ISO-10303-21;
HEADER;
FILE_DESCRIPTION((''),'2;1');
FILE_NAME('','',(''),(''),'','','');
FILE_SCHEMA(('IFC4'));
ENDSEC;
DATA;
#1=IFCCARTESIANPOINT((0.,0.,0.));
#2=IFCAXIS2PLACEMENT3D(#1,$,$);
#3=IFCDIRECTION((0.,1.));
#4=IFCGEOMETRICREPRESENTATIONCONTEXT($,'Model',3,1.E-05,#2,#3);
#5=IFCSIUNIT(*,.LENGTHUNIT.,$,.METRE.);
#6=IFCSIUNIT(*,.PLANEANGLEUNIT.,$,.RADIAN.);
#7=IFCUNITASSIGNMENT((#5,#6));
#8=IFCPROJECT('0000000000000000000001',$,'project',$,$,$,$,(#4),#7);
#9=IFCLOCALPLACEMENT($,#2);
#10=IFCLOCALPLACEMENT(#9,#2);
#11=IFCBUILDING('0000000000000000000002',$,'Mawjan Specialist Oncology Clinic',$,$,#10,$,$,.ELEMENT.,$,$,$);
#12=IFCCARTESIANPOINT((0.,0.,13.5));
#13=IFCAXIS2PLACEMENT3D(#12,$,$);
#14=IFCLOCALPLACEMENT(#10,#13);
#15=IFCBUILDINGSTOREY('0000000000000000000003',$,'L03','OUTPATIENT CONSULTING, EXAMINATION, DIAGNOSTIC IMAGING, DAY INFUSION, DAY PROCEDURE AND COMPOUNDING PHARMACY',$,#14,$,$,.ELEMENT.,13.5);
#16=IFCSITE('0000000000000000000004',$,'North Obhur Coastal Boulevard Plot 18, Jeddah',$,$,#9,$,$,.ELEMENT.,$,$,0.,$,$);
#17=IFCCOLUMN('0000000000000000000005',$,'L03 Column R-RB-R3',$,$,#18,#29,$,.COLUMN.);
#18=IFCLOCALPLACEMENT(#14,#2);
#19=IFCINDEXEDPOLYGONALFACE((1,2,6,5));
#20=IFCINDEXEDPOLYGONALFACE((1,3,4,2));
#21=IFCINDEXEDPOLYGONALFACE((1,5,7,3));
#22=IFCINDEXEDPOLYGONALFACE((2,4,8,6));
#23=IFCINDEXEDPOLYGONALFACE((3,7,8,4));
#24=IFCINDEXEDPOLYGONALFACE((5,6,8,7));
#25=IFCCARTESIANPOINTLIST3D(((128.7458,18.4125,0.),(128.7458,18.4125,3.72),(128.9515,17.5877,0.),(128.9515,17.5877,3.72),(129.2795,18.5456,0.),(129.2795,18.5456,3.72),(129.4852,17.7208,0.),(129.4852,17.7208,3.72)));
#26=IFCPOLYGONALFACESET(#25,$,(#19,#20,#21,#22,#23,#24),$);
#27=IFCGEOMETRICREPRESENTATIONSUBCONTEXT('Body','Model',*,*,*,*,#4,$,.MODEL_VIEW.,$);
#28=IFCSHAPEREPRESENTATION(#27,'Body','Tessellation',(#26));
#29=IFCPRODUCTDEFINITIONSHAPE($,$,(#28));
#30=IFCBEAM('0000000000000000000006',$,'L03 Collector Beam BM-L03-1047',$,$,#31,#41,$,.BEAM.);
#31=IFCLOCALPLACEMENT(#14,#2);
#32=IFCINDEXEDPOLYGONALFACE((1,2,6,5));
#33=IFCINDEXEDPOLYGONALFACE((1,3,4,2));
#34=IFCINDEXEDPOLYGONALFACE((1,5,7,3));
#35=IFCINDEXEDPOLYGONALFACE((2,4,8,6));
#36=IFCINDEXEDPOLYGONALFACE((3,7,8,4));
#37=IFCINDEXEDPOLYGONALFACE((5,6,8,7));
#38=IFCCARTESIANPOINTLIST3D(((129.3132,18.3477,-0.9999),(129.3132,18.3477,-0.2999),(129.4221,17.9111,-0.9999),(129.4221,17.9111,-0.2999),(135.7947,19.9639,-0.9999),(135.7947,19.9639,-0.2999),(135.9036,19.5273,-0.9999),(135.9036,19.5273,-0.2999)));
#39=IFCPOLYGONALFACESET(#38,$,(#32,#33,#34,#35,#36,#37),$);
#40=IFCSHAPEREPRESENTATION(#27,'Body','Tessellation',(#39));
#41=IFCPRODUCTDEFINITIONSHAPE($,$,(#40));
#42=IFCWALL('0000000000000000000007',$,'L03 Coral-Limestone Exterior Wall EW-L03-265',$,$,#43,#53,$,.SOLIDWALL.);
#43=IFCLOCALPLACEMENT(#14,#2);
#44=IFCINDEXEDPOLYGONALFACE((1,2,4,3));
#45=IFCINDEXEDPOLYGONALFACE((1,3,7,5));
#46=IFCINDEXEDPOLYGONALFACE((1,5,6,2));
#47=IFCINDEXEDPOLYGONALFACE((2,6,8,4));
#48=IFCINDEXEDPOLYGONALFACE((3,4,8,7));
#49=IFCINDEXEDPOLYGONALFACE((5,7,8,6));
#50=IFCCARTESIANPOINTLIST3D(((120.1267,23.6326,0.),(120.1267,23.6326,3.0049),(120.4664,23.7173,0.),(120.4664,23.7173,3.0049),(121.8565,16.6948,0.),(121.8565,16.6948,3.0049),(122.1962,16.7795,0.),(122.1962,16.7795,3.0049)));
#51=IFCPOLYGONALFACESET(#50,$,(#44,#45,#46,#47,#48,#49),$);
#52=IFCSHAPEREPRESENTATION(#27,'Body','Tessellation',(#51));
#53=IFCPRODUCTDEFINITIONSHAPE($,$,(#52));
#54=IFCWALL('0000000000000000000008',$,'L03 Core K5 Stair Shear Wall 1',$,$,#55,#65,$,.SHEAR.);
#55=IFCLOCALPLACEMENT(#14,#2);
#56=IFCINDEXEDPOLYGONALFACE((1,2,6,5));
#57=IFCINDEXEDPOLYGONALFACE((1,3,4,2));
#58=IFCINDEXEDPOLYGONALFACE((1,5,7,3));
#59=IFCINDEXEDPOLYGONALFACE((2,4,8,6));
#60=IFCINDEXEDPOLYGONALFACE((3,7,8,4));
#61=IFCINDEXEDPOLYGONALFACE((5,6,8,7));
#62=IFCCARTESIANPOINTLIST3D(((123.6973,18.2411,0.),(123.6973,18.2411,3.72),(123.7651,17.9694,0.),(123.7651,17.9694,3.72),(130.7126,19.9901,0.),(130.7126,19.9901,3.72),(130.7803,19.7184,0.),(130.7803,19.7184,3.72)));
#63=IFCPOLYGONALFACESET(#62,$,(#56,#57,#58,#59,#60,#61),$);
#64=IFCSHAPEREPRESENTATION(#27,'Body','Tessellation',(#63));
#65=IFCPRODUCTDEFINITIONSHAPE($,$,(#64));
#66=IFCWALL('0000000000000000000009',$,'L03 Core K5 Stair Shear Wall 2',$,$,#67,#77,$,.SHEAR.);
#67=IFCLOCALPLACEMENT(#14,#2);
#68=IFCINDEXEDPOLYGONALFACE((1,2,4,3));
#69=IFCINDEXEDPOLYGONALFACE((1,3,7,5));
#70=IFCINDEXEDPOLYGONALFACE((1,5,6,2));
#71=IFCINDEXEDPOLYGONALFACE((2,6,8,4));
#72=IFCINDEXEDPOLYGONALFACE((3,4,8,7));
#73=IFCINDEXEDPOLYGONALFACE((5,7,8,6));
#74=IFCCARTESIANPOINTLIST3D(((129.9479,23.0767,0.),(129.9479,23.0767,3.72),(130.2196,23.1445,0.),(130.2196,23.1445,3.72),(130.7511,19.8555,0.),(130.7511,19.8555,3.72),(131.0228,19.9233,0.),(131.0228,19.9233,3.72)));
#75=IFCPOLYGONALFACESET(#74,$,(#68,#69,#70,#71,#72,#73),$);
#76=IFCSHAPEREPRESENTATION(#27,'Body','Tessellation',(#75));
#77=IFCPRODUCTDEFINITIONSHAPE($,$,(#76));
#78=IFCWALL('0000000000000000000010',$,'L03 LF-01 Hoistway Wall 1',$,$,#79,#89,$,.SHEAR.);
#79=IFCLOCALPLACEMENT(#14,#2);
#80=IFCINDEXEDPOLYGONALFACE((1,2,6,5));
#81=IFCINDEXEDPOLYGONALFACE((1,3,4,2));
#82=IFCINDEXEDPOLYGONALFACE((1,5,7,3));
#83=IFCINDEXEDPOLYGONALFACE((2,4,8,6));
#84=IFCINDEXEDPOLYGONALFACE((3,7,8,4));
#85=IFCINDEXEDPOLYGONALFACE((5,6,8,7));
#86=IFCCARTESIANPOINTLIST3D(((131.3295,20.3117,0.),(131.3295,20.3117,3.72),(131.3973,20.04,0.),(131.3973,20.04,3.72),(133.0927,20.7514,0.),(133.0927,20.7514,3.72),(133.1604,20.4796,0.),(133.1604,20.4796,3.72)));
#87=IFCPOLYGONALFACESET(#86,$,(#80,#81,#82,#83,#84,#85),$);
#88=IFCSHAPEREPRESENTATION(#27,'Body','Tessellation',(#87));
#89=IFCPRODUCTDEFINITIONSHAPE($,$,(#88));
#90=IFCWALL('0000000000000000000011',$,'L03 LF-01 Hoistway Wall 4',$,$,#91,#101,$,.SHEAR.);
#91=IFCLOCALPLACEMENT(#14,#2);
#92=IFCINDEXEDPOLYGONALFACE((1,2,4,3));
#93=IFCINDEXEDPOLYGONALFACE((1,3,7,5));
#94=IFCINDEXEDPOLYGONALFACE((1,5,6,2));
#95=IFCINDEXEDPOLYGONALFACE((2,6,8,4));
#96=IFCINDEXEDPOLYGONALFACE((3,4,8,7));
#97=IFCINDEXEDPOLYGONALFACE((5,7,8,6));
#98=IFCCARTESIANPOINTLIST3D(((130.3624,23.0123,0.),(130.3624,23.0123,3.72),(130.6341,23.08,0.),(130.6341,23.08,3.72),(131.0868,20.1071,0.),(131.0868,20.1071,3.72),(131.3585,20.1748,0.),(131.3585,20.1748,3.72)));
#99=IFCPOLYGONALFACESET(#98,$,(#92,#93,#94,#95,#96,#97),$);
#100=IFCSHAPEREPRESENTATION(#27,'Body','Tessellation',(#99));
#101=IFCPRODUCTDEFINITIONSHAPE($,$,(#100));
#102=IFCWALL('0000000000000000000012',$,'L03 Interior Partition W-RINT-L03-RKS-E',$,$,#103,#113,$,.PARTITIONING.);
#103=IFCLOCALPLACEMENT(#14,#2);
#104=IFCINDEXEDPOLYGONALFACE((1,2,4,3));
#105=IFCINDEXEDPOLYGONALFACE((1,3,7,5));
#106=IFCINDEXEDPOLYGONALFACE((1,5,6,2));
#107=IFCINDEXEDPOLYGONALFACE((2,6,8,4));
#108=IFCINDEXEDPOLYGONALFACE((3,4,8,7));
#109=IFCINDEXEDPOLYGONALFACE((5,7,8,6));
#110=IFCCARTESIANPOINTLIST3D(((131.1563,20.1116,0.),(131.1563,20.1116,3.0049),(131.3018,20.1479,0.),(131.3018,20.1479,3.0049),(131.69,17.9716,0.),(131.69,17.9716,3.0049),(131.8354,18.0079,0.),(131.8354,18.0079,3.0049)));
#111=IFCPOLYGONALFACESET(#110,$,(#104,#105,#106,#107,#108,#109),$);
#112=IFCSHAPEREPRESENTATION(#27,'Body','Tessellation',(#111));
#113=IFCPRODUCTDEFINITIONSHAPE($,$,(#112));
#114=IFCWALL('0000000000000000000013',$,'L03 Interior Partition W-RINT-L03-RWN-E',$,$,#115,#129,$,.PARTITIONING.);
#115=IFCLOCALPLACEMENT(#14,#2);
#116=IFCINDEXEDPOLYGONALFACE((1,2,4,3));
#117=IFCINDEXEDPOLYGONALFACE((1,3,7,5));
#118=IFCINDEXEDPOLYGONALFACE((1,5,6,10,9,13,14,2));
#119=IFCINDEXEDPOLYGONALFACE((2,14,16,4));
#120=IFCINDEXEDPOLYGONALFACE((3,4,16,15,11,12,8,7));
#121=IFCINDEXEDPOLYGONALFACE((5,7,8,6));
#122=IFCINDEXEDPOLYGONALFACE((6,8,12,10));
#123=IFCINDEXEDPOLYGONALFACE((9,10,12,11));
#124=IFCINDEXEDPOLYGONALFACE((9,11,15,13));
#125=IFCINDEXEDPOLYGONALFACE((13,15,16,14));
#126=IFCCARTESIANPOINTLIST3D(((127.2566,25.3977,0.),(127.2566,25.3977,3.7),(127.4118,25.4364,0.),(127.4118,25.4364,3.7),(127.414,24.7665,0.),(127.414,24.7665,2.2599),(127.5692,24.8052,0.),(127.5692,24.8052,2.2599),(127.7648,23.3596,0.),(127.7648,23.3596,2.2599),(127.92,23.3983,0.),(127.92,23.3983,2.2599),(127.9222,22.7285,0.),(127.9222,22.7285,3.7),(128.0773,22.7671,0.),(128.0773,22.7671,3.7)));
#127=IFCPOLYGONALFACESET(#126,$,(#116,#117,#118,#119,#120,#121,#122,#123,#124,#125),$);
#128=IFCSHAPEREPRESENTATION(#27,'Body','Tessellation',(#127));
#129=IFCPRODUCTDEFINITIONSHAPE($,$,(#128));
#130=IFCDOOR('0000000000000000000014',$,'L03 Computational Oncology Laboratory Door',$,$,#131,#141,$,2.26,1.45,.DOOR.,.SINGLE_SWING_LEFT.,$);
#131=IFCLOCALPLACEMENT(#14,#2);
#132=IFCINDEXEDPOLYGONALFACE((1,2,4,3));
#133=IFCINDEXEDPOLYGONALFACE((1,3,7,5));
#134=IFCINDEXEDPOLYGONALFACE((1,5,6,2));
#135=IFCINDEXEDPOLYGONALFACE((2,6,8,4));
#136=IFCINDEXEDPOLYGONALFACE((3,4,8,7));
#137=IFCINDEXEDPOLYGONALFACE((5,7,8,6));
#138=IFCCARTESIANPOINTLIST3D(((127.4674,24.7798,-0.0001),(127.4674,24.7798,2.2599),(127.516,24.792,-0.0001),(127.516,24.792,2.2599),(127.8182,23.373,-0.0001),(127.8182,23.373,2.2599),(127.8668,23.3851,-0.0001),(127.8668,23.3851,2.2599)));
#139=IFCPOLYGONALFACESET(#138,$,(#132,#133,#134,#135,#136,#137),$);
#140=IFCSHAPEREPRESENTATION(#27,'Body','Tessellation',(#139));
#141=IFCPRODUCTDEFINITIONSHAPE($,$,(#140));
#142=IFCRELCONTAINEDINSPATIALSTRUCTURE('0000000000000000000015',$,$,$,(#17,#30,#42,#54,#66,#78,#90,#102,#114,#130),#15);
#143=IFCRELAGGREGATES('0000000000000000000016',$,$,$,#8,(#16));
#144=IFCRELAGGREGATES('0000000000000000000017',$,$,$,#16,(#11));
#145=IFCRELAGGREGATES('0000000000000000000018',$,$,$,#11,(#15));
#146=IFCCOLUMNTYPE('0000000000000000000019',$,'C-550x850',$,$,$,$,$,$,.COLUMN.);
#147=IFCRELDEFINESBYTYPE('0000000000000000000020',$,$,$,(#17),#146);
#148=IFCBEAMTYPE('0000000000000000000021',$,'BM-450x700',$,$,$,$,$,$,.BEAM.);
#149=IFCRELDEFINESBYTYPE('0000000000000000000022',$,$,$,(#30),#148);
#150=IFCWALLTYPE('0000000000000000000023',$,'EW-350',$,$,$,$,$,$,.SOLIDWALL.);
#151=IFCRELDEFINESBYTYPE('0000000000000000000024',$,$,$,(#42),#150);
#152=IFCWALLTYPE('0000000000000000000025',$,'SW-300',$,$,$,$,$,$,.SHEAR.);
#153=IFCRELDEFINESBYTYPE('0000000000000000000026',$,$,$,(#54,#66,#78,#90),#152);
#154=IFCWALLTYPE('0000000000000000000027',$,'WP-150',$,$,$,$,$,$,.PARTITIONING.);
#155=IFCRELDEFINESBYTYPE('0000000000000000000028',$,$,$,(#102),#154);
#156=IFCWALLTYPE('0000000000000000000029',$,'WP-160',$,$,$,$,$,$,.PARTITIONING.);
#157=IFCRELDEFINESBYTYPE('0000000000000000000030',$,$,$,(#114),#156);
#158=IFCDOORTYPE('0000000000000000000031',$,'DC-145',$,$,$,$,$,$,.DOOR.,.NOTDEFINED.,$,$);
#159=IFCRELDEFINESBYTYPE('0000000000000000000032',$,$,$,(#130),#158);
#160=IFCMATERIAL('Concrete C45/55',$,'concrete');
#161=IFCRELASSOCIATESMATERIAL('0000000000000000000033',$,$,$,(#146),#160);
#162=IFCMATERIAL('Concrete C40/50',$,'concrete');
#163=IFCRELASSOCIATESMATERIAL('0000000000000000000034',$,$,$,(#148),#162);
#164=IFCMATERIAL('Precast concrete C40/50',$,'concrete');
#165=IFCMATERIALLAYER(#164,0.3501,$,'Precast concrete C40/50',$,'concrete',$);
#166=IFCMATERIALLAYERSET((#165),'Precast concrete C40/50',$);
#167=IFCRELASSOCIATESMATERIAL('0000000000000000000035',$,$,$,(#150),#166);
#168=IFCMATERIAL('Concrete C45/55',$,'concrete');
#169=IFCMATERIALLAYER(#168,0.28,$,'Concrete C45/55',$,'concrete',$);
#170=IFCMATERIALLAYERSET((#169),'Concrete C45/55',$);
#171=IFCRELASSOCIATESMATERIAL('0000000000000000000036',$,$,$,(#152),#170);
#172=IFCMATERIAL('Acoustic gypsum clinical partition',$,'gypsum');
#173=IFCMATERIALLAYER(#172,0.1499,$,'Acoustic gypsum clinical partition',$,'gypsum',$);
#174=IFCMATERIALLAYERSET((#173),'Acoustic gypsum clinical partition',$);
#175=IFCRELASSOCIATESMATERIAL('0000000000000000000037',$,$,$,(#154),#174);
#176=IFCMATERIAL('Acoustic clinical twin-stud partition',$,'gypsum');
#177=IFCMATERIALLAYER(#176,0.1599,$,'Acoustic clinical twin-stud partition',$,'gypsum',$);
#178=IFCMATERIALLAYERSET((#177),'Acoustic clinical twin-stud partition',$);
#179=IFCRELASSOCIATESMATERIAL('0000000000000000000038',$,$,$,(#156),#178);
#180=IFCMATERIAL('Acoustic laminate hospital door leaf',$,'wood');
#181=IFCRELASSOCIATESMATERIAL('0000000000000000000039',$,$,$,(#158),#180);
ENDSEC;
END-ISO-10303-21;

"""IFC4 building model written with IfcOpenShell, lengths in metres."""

from ifc_helpers import new_model, si_unit, direction, frame, frame_2d, origin, origin_2d, place, context, subcontext, project, spatial, rectangle, extrude, material, layer, layer_set, material_profile, profile_set, type_object, element, fill, save


model = new_model("IFC4")

# Units and contexts
model_context = context("Model", 3, precision=1e-05, world=origin(), true_north=direction((0.0, 1.0)))
body_context = subcontext(model_context, "Body", "Model", "MODEL_VIEW")
ifc_project = project(units=[si_unit("LENGTHUNIT", "METRE"), si_unit("PLANEANGLEUNIT", "RADIAN")], contexts=[model_context])

# Site, building, storey
site_placement = place(None, origin())
site = spatial("IfcSite", under=ifc_project, at=site_placement, Name="North Obhur Coastal Boulevard Plot 18, Jeddah", CompositionType="ELEMENT", RefElevation=0.0)
building_placement = place(site_placement, origin())
building = spatial("IfcBuilding", under=site, at=building_placement, Name="Mawjan Specialist Oncology Clinic", CompositionType="ELEMENT")
storey_placement = place(building_placement, frame((0.0, 0.0, 13.5)))
storey = spatial("IfcBuildingStorey", under=building, at=storey_placement, Name="L03", Description="OUTPATIENT CONSULTING, EXAMINATION, DIAGNOSTIC IMAGING, DAY INFUSION, DAY PROCEDURE AND COMPOUNDING PHARMACY", CompositionType="ELEMENT", Elevation=13.5)

# Column
ifc_material_1 = material(Name="Concrete C45/55", Category="concrete")
ifc_material_profile_1 = material_profile(ifc_material_1, rectangle(XDim=0.55, YDim=0.8501, at=origin_2d()), Name="RC COL 550x850", Category="concrete")
ifc_profile_set_1 = profile_set([ifc_material_profile_1], Name="Concrete C45/55")
column_type = type_object("IfcColumnType", Name="C-550x850", PredefinedType="COLUMN", material=ifc_profile_set_1)
column_placement = place(storey_placement, frame((129.1155, 18.0667, 0.0), z_axis=(0.0, 0.0, 1.0), x_axis=(0.970296, 0.241922, 0.0)))
element("IfcColumn", 1, at=column_placement, inside=storey, type_object=column_type, Name="L03 Column R-RB-R3", PredefinedType="COLUMN", context=body_context, shape_type="SweptSolid", body=[
    extrude(rectangle(XDim=0.55, YDim=0.8501, at=origin_2d()), origin(), (0.0, 0.0, 1.0), 3.72),
])

# Beam
ifc_material_2 = material(Name="Concrete C40/50", Category="concrete")
ifc_material_profile_2 = material_profile(ifc_material_2, rectangle(XDim=0.45, YDim=0.7, at=origin_2d()), Name="RC BM 450x700", Category="concrete")
ifc_profile_set_2 = profile_set([ifc_material_profile_2], Name="Concrete C40/50")
beam_type = type_object("IfcBeamType", Name="BM-450x700", PredefinedType="BEAM", material=ifc_profile_set_2)
beam_placement = place(storey_placement, frame((129.3677, 18.1294, -0.6499), z_axis=(0.970289, 0.241951, 0.0), x_axis=(-0.241951, 0.970289, 0.0)))
element("IfcBeam", 2, at=beam_placement, inside=storey, type_object=beam_type, Name="L03 Collector Beam BM-L03-1047", PredefinedType="BEAM", context=body_context, shape_type="SweptSolid", body=[
    extrude(rectangle(XDim=0.45, YDim=0.7, at=origin_2d()), origin(), (0.0, 0.0, 1.0), 6.6799),
])

# Walls
ifc_material_3 = material(Name="Precast concrete C40/50", Category="concrete")
ifc_layer_1 = layer(ifc_material_3, 0.3501, Name="Precast concrete C40/50", Category="concrete")
ifc_layer_set_1 = layer_set([ifc_layer_1], Name="Precast concrete C40/50")
wall_type_1 = type_object("IfcWallType", Name="EW-350", PredefinedType="SOLIDWALL", material=ifc_layer_set_1)
wall_1_placement = place(storey_placement, frame((122.0264, 16.7371, 0.0), z_axis=(0.0, 0.0, 1.0), x_axis=(-0.241917, 0.970297, 0.0)))
element("IfcWall", 3, at=wall_1_placement, inside=storey, type_object=wall_type_1, Name="L03 Coral-Limestone Exterior Wall EW-L03-265", PredefinedType="SOLIDWALL", context=body_context, shape_type="SweptSolid", body=[
    extrude(rectangle(XDim=7.1501, YDim=0.3501, at=frame_2d((3.5752, 0.0))), origin(), (0.0, 0.0, 1.0), 3.0049),
])
ifc_material_4 = material(Name="Concrete C45/55", Category="concrete")
ifc_layer_2 = layer(ifc_material_4, 0.28, Name="Concrete C45/55", Category="concrete")
ifc_layer_set_2 = layer_set([ifc_layer_2], Name="Concrete C45/55")
wall_type_2 = type_object("IfcWallType", Name="SW-300", PredefinedType="SHEAR", material=ifc_layer_set_2)
wall_2_placement = place(storey_placement, frame((123.7312, 18.1052, 0.0), z_axis=(0.0, 0.0, 1.0), x_axis=(0.970297, 0.241916, 0.0)))
element("IfcWall", 4, at=wall_2_placement, inside=storey, type_object=wall_type_2, Name="L03 Core K5 Stair Shear Wall 1", PredefinedType="SHEAR", context=body_context, shape_type="SweptSolid", body=[
    extrude(rectangle(XDim=7.23, YDim=0.28, at=frame_2d((3.615, 0.0))), origin(), (0.0, 0.0, 1.0), 3.72),
])
wall_3_placement = place(storey_placement, frame((130.887, 19.8894, 0.0), z_axis=(0.0, 0.0, 1.0), x_axis=(-0.241947, 0.970289, 0.0)))
element("IfcWall", 5, at=wall_3_placement, inside=storey, type_object=wall_type_2, Name="L03 Core K5 Stair Shear Wall 2", PredefinedType="SHEAR", context=body_context, shape_type="SweptSolid", body=[
    extrude(rectangle(XDim=3.3198, YDim=0.28, at=frame_2d((1.6599, 0.0))), origin(), (0.0, 0.0, 1.0), 3.72),
])

# Walls
wall_4_placement = place(storey_placement, frame((131.3633, 20.1758, 0.0), z_axis=(0.0, 0.0, 1.0), x_axis=(0.970285, 0.241967, 0.0)))
element("IfcWall", 6, at=wall_4_placement, inside=storey, type_object=wall_type_2, Name="L03 LF-01 Hoistway Wall 1", PredefinedType="SHEAR", context=body_context, shape_type="SweptSolid", body=[
    extrude(rectangle(XDim=1.8171, YDim=0.28, at=frame_2d((0.9087, 0.0))), origin(), (0.0, 0.0, 1.0), 3.72),
])
wall_5_placement = place(storey_placement, frame((130.4983, 23.0461, 0.0), z_axis=(0.0, 0.0, 1.0), x_axis=(0.241922, -0.970296, 0.0)))
element("IfcWall", 7, at=wall_5_placement, inside=storey, type_object=wall_type_2, Name="L03 LF-01 Hoistway Wall 4", PredefinedType="SHEAR", context=body_context, shape_type="SweptSolid", body=[
    extrude(rectangle(XDim=2.9941, YDim=0.28, at=frame_2d((1.4971, 0.0))), origin(), (0.0, 0.0, 1.0), 3.72),
])
ifc_material_5 = material(Name="Acoustic gypsum clinical partition", Category="gypsum")
ifc_layer_3 = layer(ifc_material_5, 0.1499, Name="Acoustic gypsum clinical partition", Category="gypsum")
ifc_layer_set_3 = layer_set([ifc_layer_3], Name="Acoustic gypsum clinical partition")
wall_type_3 = type_object("IfcWallType", Name="WP-150", PredefinedType="PARTITIONING", material=ifc_layer_set_3)
wall_6_placement = place(storey_placement, frame((131.7627, 17.9897, 0.0), z_axis=(0.0, 0.0, 1.0), x_axis=(-0.241963, 0.970286, 0.0)))
element("IfcWall", 8, at=wall_6_placement, inside=storey, type_object=wall_type_3, Name="L03 Interior Partition W-RINT-L03-RKS-E", PredefinedType="PARTITIONING", context=body_context, shape_type="SweptSolid", body=[
    extrude(rectangle(XDim=2.2056, YDim=0.1499, at=frame_2d((1.1028, 0.0))), origin(), (0.0, 0.0, 1.0), 3.0049),
])

# Wall, opening, door
ifc_material_6 = material(Name="Acoustic clinical twin-stud partition", Category="gypsum")
ifc_layer_4 = layer(ifc_material_6, 0.1599, Name="Acoustic clinical twin-stud partition", Category="gypsum")
ifc_layer_set_4 = layer_set([ifc_layer_4], Name="Acoustic clinical twin-stud partition")
wall_type_4 = type_object("IfcWallType", Name="WP-160", PredefinedType="PARTITIONING", material=ifc_layer_set_4)
wall_7_placement = place(storey_placement, frame((127.9998, 22.7478, 0.0), z_axis=(0.0, 0.0, 1.0), x_axis=(-0.24193, 0.970294, 0.0)))
wall_7 = element("IfcWall", 9, at=wall_7_placement, inside=storey, type_object=wall_type_4, Name="L03 Interior Partition W-RINT-L03-RWN-E", PredefinedType="PARTITIONING", context=body_context, shape_type="SweptSolid", body=[
    extrude(rectangle(XDim=2.751, YDim=0.1599, at=frame_2d((1.3755, 0.0))), origin(), (0.0, 0.0, 1.0), 3.7),
])
opening_1_placement = place(wall_7_placement, frame((0.6504, 0.0, 0.0)))
opening_1 = element("IfcOpeningElement", 10, at=opening_1_placement, cuts=wall_7, PredefinedType="OPENING", context=body_context, shape_type="SweptSolid", body=[
    extrude(rectangle(XDim=1.45, YDim=2.26, at=frame_2d((0.7251, 1.1299))), frame((0.0, 0.092, 0.0), z_axis=(0.0, -1.0, 0.0), x_axis=(1.0, 0.0, 0.0)), (0.0, 0.0, 1.0), 0.1838),
])
ifc_material_7 = material(Name="Acoustic laminate hospital door leaf", Category="wood")
door_type_1 = type_object("IfcDoorType", Name="DC-145", OperationType="NOTDEFINED", PredefinedType="DOOR", material=ifc_material_7)
door_1_placement = place(opening_1_placement, origin())
door_1 = element("IfcDoor", 11, at=door_1_placement, inside=storey, type_object=door_type_1, Name="L03 Computational Oncology Laboratory Door", OperationType="SINGLE_SWING_LEFT", OverallHeight=2.26, OverallWidth=1.45, PredefinedType="DOOR", context=body_context, shape_type="SweptSolid", body=[
    extrude(rectangle(XDim=1.45, YDim=2.26, at=frame_2d((0.7251, 1.1299))), frame((0.0, 0.0249, 0.0), z_axis=(0.0, -1.0, 0.0), x_axis=(1.0, 0.0, 0.0)), (0.0, 0.0, 1.0), 0.05),
])
fill(opening_1, door_1)

save(model, "model.ifc")
